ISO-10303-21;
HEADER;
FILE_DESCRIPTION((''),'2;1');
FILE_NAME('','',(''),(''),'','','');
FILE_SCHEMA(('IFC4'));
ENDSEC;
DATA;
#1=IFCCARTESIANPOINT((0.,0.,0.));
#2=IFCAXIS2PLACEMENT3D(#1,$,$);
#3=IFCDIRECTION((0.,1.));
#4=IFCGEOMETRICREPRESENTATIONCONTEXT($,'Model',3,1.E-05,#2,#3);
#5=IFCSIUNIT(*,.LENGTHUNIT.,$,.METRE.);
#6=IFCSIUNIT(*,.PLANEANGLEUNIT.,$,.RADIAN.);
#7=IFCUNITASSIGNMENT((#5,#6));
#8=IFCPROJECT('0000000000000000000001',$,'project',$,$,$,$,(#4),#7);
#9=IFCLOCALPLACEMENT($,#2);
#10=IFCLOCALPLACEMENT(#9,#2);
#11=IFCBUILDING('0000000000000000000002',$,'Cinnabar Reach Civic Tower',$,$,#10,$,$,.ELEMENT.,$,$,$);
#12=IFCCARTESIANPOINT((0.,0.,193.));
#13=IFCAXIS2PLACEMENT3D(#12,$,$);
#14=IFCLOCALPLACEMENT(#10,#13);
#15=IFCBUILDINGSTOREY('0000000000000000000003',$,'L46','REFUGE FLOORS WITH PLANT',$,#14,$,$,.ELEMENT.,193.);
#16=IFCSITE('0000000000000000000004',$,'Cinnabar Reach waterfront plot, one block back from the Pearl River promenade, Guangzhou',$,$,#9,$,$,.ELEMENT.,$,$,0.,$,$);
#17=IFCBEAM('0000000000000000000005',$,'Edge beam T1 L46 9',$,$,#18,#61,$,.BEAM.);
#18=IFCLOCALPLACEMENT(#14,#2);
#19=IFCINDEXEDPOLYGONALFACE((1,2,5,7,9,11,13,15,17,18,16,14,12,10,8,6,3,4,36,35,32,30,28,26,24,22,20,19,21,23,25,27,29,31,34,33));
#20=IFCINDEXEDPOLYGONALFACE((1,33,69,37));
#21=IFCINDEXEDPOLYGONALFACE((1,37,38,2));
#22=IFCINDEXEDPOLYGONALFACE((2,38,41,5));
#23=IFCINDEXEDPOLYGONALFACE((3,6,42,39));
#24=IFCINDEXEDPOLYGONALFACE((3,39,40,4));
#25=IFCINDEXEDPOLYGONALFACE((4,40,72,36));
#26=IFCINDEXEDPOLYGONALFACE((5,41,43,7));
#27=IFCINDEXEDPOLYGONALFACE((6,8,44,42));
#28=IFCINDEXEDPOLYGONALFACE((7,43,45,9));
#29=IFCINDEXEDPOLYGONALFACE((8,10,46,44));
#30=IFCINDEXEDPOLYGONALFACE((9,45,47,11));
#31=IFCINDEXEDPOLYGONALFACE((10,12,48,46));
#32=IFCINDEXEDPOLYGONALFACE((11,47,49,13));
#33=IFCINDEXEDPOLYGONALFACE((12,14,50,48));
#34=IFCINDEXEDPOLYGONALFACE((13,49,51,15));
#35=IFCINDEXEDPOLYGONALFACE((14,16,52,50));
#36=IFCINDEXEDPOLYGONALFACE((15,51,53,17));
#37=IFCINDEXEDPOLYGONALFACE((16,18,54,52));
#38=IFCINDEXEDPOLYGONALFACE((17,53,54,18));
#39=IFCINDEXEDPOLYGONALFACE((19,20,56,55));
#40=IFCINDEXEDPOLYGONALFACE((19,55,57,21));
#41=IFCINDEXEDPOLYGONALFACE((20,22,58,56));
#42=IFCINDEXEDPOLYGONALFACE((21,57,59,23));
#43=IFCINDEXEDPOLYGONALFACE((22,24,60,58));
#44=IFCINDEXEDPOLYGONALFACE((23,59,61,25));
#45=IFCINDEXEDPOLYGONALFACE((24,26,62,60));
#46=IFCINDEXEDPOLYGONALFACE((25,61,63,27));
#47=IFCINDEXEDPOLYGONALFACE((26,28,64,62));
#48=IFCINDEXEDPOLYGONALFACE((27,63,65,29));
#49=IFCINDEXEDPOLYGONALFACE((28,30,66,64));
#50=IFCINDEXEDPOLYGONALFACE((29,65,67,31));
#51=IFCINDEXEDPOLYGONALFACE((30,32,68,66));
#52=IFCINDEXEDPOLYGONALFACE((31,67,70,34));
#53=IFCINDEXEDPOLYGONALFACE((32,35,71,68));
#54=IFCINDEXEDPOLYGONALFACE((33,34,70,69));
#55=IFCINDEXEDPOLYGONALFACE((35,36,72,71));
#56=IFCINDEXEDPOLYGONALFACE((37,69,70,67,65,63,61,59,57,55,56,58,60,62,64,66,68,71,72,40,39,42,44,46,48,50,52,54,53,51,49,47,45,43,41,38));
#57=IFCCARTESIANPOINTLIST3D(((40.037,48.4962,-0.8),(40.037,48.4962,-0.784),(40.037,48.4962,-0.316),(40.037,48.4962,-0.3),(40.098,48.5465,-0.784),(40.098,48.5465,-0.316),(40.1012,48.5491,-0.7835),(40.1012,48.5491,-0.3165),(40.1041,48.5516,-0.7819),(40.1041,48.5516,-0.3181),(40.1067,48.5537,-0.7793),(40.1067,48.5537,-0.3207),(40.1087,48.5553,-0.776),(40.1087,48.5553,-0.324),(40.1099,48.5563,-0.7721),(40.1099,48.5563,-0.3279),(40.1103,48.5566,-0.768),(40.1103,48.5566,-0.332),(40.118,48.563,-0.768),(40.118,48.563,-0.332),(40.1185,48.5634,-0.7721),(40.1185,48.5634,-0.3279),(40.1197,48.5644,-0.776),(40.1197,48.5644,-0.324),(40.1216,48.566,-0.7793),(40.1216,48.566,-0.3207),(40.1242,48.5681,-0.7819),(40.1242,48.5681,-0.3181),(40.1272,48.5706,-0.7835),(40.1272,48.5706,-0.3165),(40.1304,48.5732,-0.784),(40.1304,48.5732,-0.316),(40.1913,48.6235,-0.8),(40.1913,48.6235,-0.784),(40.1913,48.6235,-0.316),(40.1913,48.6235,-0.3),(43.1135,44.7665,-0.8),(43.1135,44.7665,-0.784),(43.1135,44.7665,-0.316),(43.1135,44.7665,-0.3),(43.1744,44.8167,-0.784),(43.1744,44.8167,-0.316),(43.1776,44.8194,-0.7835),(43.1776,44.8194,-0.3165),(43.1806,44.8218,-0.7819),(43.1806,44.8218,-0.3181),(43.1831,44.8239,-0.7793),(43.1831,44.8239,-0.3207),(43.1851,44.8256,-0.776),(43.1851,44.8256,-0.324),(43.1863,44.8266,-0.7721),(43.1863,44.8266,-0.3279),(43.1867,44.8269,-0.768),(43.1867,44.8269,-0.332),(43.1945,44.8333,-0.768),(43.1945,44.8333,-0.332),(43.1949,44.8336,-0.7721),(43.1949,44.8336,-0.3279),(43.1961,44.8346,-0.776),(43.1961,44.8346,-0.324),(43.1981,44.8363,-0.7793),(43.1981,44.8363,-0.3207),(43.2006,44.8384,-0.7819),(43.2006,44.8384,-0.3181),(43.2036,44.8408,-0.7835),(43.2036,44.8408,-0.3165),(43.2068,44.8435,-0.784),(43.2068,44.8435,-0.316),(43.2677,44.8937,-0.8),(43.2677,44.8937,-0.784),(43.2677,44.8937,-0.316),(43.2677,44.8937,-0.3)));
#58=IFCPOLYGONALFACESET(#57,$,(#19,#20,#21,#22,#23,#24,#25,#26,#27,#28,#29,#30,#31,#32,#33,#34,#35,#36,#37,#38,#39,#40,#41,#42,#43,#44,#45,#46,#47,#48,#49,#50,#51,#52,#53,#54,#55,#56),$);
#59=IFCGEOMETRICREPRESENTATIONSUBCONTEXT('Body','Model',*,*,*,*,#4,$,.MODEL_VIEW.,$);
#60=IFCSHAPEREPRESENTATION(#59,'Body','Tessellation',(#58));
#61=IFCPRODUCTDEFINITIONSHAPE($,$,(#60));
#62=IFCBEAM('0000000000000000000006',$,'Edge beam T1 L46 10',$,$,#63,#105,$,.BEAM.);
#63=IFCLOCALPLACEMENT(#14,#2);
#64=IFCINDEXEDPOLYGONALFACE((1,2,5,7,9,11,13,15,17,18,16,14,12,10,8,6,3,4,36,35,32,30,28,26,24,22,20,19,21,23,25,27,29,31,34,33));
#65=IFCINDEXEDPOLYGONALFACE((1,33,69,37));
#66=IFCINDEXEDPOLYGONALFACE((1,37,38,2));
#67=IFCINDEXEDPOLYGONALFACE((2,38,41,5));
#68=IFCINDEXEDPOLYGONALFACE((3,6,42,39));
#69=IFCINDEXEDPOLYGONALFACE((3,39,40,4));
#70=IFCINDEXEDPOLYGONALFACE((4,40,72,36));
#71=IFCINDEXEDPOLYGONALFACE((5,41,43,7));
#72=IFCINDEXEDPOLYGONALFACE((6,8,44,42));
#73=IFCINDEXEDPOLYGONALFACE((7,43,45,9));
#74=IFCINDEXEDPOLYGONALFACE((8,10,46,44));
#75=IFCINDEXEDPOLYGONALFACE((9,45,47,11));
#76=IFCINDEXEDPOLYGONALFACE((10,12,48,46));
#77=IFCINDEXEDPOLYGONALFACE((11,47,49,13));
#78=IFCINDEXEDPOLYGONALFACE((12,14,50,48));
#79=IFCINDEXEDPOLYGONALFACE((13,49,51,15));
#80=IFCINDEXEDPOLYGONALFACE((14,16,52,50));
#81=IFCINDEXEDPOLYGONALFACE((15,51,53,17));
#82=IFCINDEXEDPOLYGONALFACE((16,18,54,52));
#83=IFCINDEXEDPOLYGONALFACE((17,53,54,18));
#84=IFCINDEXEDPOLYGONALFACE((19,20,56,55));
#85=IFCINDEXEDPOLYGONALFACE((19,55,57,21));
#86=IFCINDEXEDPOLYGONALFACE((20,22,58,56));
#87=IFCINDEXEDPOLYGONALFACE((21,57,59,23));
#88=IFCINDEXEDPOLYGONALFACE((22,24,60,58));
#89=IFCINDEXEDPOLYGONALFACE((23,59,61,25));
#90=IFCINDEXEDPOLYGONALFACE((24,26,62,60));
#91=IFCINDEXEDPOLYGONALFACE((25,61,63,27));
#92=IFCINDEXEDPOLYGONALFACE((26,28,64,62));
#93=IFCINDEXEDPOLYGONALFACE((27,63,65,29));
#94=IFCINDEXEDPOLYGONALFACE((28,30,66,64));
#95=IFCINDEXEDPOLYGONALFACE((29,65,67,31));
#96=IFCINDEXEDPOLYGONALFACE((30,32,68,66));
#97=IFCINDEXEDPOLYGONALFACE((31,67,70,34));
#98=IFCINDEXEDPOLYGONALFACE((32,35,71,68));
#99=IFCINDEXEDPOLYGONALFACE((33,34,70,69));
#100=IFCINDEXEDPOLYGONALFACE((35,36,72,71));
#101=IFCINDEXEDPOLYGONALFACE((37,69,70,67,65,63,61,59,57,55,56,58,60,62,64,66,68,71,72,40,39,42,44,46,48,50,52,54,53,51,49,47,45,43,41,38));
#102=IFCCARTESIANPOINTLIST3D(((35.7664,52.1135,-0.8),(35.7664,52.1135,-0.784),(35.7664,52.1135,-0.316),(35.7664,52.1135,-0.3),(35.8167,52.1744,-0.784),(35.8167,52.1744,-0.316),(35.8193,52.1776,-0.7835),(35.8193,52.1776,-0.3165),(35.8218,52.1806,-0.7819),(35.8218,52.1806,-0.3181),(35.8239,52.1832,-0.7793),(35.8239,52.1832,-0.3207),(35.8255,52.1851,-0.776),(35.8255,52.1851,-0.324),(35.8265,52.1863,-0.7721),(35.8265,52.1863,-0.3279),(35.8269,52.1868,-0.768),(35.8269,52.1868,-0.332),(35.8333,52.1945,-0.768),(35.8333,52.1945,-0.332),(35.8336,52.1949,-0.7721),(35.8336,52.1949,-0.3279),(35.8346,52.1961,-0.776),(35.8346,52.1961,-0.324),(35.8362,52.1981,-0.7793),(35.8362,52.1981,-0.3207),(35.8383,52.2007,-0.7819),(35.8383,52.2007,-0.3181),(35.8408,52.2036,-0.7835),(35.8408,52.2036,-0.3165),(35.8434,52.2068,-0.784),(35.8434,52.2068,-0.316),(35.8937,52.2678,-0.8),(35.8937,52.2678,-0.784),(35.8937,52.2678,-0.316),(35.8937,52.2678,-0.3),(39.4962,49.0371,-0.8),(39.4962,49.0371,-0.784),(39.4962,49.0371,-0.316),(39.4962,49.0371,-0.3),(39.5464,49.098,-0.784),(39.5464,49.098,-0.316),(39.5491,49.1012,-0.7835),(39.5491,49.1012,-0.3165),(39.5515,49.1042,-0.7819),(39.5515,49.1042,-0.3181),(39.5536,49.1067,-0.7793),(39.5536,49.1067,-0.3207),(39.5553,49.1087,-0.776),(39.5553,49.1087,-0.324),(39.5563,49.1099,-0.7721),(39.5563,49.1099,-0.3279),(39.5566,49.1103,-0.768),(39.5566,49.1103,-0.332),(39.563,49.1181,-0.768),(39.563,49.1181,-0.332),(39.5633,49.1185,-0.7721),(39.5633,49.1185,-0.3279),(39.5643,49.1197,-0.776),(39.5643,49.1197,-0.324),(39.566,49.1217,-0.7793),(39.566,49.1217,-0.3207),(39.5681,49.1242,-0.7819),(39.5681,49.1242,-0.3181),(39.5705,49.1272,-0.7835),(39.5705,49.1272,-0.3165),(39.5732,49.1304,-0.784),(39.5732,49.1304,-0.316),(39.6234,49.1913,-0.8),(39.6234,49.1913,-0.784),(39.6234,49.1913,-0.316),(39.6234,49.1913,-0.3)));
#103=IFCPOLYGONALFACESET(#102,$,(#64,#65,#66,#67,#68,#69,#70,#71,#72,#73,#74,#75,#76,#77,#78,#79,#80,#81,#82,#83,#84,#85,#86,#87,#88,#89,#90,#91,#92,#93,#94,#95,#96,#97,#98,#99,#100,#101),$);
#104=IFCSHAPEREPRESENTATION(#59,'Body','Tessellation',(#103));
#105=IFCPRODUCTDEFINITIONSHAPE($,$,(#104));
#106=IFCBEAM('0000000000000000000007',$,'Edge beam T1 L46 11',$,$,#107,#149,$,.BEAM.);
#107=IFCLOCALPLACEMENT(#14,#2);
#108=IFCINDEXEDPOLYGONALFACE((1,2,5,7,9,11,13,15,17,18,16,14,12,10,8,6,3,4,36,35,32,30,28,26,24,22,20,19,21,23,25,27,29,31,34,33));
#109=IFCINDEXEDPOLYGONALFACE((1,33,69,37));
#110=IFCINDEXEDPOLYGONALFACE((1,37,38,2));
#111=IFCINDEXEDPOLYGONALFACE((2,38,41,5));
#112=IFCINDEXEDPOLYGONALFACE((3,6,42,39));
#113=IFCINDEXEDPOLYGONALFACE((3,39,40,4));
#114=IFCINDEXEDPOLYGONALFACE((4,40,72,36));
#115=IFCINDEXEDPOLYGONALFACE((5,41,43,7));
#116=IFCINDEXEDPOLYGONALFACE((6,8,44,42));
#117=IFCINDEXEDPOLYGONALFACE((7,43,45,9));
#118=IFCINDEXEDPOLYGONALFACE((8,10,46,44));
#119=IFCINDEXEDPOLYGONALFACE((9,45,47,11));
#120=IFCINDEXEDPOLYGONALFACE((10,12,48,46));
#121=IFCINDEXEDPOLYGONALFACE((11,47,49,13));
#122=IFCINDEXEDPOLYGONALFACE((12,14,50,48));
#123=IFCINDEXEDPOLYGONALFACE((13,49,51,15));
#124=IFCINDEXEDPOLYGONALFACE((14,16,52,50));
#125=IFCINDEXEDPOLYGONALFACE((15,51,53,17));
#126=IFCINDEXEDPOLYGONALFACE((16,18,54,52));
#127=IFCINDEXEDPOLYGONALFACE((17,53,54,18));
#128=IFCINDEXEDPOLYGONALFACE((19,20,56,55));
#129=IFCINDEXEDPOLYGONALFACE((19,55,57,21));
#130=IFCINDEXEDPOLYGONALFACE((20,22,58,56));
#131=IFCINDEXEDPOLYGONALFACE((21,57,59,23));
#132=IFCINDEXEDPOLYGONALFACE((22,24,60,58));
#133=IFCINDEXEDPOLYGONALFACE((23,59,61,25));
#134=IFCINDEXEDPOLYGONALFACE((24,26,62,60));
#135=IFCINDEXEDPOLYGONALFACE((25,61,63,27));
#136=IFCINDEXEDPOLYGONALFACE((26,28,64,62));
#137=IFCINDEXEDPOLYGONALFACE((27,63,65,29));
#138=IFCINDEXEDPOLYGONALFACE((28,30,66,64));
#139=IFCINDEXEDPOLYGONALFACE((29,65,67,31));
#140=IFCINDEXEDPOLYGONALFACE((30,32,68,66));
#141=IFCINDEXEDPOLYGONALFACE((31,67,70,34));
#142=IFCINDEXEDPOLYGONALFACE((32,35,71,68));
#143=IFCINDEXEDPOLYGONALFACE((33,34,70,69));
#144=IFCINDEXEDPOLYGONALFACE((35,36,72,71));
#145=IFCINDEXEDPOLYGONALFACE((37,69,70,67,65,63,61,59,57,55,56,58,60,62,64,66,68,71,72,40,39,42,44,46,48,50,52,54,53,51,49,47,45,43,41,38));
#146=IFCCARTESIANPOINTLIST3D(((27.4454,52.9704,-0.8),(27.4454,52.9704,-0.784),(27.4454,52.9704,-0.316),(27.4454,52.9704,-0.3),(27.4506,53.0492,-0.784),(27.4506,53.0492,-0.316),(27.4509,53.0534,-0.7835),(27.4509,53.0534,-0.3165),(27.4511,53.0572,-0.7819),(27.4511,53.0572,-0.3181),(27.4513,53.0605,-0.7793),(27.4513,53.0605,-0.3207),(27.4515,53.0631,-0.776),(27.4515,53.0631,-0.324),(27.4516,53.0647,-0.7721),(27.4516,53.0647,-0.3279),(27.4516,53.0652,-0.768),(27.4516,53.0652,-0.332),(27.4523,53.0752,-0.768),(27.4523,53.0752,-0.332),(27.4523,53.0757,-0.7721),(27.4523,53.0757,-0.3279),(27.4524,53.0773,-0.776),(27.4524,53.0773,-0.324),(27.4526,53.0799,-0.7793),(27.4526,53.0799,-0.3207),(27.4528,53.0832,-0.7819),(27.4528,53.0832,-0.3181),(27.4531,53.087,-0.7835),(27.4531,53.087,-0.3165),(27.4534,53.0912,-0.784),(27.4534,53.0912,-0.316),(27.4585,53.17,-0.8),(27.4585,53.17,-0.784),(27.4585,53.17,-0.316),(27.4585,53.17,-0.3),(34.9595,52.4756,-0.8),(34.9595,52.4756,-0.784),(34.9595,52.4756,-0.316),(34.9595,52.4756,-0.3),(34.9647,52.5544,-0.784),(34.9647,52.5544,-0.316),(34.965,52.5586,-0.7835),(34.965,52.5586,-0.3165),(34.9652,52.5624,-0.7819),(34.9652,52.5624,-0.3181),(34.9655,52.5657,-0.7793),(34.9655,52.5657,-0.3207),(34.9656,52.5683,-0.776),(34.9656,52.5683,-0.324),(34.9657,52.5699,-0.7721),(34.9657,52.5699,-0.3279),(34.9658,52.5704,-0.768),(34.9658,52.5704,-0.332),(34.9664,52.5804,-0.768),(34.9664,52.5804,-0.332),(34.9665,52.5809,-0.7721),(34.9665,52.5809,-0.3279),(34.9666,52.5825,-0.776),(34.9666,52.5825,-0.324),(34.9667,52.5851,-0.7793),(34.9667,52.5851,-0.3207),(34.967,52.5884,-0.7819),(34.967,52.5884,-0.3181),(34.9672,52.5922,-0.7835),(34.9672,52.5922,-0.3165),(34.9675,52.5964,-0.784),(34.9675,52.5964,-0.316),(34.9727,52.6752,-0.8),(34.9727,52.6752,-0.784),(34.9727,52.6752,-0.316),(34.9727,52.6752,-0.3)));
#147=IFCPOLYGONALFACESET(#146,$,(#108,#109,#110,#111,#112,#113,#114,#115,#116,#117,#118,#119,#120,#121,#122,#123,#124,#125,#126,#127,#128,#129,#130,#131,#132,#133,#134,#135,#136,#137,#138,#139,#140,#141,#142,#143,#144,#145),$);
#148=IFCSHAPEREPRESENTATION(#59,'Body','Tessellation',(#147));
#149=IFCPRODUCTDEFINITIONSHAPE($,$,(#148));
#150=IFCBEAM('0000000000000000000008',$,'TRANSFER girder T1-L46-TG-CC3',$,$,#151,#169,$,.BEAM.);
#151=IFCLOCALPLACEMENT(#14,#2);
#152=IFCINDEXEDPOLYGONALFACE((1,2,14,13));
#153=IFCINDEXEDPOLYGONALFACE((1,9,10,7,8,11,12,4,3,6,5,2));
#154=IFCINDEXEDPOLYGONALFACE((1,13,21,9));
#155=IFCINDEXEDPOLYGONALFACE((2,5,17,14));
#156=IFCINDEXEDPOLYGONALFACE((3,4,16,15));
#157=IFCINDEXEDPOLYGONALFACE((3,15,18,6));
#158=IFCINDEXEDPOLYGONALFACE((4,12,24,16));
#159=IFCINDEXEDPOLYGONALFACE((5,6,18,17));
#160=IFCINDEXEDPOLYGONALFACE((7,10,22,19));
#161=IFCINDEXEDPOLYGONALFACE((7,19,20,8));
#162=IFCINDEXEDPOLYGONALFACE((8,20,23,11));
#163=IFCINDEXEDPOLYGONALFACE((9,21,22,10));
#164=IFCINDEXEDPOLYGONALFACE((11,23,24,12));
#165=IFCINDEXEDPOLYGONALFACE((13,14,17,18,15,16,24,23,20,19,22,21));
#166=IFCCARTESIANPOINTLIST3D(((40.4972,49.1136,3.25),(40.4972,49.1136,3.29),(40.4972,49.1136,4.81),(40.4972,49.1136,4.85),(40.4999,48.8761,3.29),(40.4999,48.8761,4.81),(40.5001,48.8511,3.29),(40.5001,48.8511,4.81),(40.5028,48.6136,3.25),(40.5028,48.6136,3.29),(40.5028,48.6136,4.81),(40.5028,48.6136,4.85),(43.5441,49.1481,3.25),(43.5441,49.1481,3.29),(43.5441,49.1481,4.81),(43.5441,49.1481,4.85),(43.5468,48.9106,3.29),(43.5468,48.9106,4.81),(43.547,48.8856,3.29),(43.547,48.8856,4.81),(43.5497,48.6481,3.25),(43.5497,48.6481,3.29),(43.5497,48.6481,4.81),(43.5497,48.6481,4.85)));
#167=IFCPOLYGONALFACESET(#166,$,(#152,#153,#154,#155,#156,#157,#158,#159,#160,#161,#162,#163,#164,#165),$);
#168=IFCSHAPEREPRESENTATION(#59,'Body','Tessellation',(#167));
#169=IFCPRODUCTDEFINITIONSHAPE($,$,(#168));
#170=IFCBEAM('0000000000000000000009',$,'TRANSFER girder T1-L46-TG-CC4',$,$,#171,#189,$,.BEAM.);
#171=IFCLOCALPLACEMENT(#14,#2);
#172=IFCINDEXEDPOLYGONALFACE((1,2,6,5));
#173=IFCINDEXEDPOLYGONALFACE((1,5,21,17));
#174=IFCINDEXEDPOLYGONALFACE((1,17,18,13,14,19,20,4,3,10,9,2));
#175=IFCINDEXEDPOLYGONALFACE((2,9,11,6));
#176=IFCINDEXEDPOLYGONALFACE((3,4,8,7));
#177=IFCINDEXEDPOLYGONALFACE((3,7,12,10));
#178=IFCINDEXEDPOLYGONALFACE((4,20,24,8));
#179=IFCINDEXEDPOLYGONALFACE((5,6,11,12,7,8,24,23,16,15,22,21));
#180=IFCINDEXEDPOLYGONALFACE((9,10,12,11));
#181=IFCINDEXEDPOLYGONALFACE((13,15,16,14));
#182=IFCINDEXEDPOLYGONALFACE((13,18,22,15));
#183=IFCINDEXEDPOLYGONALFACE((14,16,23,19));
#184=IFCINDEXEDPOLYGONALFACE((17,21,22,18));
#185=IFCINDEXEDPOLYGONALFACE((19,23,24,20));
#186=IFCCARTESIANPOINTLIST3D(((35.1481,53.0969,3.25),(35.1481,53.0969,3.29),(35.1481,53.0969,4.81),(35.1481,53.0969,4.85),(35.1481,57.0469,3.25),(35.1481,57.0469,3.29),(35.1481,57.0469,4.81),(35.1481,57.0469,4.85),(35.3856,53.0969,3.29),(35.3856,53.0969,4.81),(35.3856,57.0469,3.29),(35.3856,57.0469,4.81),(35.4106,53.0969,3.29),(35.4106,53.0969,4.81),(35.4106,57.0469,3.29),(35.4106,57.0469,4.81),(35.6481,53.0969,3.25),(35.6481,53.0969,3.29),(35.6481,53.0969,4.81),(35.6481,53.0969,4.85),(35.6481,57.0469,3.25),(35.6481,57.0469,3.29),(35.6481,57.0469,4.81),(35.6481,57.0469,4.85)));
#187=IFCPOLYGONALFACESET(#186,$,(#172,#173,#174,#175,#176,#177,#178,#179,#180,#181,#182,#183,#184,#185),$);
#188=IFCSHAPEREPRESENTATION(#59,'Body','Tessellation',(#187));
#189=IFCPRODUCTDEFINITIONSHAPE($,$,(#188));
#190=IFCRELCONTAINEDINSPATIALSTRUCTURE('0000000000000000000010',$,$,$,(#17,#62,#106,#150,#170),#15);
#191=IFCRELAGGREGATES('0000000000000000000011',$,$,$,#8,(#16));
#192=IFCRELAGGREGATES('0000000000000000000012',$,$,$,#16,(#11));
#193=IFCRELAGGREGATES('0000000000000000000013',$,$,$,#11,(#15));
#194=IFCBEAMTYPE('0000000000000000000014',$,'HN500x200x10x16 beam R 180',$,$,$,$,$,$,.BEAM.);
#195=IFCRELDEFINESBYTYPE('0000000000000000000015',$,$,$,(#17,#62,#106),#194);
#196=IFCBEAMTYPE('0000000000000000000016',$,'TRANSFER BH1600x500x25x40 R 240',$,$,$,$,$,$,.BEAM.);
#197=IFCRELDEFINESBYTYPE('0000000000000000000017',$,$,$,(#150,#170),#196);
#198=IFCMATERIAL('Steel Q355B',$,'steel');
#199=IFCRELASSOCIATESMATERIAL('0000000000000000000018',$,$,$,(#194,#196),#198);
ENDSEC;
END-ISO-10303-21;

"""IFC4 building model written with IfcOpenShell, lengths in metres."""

from ifc_helpers import new_model, si_unit, direction, frame, origin, origin_2d, place, context, subcontext, project, spatial, i_section, extrude, material, material_profile, profile_set, type_object, element, save


model = new_model("IFC4")

# Units and contexts
model_context = context("Model", 3, precision=1e-05, world=origin(), true_north=direction((0.0, 1.0)))
body_context = subcontext(model_context, "Body", "Model", "MODEL_VIEW")
ifc_project = project(units=[si_unit("LENGTHUNIT", "METRE"), si_unit("PLANEANGLEUNIT", "RADIAN")], contexts=[model_context])

# Site, building, storey
site_placement = place(None, origin())
site = spatial("IfcSite", under=ifc_project, at=site_placement, Name="Cinnabar Reach waterfront plot, one block back from the Pearl River promenade, Guangzhou", CompositionType="ELEMENT", RefElevation=0.0)
building_placement = place(site_placement, origin())
building = spatial("IfcBuilding", under=site, at=building_placement, Name="Cinnabar Reach Civic Tower", CompositionType="ELEMENT")
storey_placement = place(building_placement, frame((0.0, 0.0, 193.0)))
storey = spatial("IfcBuildingStorey", under=building, at=storey_placement, Name="L46", Description="REFUGE FLOORS WITH PLANT", CompositionType="ELEMENT", Elevation=193.0)

# Beams
ifc_material_1 = material(Name="Steel Q355B", Category="steel")
ifc_material_profile_1 = material_profile(ifc_material_1, i_section(OverallWidth=0.2, OverallDepth=0.5, WebThickness=0.01, FlangeThickness=0.016, FilletRadius=0.016, at=origin_2d()), Name="HN500x200x10x16")
ifc_profile_set_1 = profile_set([ifc_material_profile_1], Name="Steel Q355B")
beam_type_1 = type_object("IfcBeamType", Name="HN500x200x10x16 beam R 180", PredefinedType="BEAM", material=ifc_profile_set_1)
for number, where, z_axis, x_axis, name in (
    (1, (43.1906, 44.8301, -0.55), (-0.636309, 0.771434, 0.0), (-0.771434, -0.636309, 0.0), "Edge beam T1 L46 9"),
    (2, (39.5598, 49.1142, -0.55), (-0.771434, 0.636309, 0.0), (-0.636309, -0.771434, 0.0), "Edge beam T1 L46 10"),
):
    element("IfcBeam", number, at=place(storey_placement, frame(where, z_axis=z_axis, x_axis=x_axis)), inside=storey, type_object=beam_type_1, Name=name, PredefinedType="BEAM", context=body_context, shape_type="SweptSolid", body=[
        extrude(i_section(OverallWidth=0.2, OverallDepth=0.5, WebThickness=0.01, FlangeThickness=0.016, FilletRadius=0.016, at=origin_2d()), origin(), (0.0, 0.0, 1.0), 4.8348),
    ])
beam_1_placement = place(storey_placement, frame((34.9661, 52.5754, -0.55), z_axis=(-0.997839, 0.065707, 0.0), x_axis=(-0.065707, -0.997839, 0.0)))
element("IfcBeam", 3, at=beam_1_placement, inside=storey, type_object=beam_type_1, Name="Edge beam T1 L46 11", PredefinedType="BEAM", context=body_context, shape_type="SweptSolid", body=[
    extrude(i_section(OverallWidth=0.2, OverallDepth=0.5, WebThickness=0.01, FlangeThickness=0.016, FilletRadius=0.016, at=origin_2d()), origin(), (0.0, 0.0, 1.0), 7.5304),
])
ifc_material_profile_2 = material_profile(ifc_material_1, i_section(OverallWidth=0.5, OverallDepth=1.6, WebThickness=0.025, FlangeThickness=0.04, at=origin_2d()), Name="BH1600x500x25x40")
ifc_profile_set_2 = profile_set([ifc_material_profile_2], Name="Steel Q355B")
beam_type_2 = type_object("IfcBeamType", Name="TRANSFER BH1600x500x25x40 R 240", PredefinedType="BEAM", material=ifc_profile_set_2)
beam_2_placement = place(storey_placement, frame((40.5, 48.8636, 4.05), z_axis=(0.999936, 0.011322, 0.0), x_axis=(-0.011322, 0.999936, 0.0)))
element("IfcBeam", 4, at=beam_2_placement, inside=storey, type_object=beam_type_2, Name="TRANSFER girder T1-L46-TG-CC3", PredefinedType="BEAM", context=body_context, shape_type="SweptSolid", body=[
    extrude(i_section(OverallWidth=0.5, OverallDepth=1.6, WebThickness=0.025, FlangeThickness=0.04, at=origin_2d()), origin(), (0.0, 0.0, 1.0), 3.0471),
])
beam_3_placement = place(storey_placement, frame((35.3981, 53.0969, 4.05), z_axis=(0.0, 1.0, 0.0), x_axis=(-1.0, 0.0, 0.0)))
element("IfcBeam", 5, at=beam_3_placement, inside=storey, type_object=beam_type_2, Name="TRANSFER girder T1-L46-TG-CC4", PredefinedType="BEAM", context=body_context, shape_type="SweptSolid", body=[
    extrude(i_section(OverallWidth=0.5, OverallDepth=1.6, WebThickness=0.025, FlangeThickness=0.04, at=origin_2d()), origin(), (0.0, 0.0, 1.0), 3.95),
])

save(model, "model.ifc")
